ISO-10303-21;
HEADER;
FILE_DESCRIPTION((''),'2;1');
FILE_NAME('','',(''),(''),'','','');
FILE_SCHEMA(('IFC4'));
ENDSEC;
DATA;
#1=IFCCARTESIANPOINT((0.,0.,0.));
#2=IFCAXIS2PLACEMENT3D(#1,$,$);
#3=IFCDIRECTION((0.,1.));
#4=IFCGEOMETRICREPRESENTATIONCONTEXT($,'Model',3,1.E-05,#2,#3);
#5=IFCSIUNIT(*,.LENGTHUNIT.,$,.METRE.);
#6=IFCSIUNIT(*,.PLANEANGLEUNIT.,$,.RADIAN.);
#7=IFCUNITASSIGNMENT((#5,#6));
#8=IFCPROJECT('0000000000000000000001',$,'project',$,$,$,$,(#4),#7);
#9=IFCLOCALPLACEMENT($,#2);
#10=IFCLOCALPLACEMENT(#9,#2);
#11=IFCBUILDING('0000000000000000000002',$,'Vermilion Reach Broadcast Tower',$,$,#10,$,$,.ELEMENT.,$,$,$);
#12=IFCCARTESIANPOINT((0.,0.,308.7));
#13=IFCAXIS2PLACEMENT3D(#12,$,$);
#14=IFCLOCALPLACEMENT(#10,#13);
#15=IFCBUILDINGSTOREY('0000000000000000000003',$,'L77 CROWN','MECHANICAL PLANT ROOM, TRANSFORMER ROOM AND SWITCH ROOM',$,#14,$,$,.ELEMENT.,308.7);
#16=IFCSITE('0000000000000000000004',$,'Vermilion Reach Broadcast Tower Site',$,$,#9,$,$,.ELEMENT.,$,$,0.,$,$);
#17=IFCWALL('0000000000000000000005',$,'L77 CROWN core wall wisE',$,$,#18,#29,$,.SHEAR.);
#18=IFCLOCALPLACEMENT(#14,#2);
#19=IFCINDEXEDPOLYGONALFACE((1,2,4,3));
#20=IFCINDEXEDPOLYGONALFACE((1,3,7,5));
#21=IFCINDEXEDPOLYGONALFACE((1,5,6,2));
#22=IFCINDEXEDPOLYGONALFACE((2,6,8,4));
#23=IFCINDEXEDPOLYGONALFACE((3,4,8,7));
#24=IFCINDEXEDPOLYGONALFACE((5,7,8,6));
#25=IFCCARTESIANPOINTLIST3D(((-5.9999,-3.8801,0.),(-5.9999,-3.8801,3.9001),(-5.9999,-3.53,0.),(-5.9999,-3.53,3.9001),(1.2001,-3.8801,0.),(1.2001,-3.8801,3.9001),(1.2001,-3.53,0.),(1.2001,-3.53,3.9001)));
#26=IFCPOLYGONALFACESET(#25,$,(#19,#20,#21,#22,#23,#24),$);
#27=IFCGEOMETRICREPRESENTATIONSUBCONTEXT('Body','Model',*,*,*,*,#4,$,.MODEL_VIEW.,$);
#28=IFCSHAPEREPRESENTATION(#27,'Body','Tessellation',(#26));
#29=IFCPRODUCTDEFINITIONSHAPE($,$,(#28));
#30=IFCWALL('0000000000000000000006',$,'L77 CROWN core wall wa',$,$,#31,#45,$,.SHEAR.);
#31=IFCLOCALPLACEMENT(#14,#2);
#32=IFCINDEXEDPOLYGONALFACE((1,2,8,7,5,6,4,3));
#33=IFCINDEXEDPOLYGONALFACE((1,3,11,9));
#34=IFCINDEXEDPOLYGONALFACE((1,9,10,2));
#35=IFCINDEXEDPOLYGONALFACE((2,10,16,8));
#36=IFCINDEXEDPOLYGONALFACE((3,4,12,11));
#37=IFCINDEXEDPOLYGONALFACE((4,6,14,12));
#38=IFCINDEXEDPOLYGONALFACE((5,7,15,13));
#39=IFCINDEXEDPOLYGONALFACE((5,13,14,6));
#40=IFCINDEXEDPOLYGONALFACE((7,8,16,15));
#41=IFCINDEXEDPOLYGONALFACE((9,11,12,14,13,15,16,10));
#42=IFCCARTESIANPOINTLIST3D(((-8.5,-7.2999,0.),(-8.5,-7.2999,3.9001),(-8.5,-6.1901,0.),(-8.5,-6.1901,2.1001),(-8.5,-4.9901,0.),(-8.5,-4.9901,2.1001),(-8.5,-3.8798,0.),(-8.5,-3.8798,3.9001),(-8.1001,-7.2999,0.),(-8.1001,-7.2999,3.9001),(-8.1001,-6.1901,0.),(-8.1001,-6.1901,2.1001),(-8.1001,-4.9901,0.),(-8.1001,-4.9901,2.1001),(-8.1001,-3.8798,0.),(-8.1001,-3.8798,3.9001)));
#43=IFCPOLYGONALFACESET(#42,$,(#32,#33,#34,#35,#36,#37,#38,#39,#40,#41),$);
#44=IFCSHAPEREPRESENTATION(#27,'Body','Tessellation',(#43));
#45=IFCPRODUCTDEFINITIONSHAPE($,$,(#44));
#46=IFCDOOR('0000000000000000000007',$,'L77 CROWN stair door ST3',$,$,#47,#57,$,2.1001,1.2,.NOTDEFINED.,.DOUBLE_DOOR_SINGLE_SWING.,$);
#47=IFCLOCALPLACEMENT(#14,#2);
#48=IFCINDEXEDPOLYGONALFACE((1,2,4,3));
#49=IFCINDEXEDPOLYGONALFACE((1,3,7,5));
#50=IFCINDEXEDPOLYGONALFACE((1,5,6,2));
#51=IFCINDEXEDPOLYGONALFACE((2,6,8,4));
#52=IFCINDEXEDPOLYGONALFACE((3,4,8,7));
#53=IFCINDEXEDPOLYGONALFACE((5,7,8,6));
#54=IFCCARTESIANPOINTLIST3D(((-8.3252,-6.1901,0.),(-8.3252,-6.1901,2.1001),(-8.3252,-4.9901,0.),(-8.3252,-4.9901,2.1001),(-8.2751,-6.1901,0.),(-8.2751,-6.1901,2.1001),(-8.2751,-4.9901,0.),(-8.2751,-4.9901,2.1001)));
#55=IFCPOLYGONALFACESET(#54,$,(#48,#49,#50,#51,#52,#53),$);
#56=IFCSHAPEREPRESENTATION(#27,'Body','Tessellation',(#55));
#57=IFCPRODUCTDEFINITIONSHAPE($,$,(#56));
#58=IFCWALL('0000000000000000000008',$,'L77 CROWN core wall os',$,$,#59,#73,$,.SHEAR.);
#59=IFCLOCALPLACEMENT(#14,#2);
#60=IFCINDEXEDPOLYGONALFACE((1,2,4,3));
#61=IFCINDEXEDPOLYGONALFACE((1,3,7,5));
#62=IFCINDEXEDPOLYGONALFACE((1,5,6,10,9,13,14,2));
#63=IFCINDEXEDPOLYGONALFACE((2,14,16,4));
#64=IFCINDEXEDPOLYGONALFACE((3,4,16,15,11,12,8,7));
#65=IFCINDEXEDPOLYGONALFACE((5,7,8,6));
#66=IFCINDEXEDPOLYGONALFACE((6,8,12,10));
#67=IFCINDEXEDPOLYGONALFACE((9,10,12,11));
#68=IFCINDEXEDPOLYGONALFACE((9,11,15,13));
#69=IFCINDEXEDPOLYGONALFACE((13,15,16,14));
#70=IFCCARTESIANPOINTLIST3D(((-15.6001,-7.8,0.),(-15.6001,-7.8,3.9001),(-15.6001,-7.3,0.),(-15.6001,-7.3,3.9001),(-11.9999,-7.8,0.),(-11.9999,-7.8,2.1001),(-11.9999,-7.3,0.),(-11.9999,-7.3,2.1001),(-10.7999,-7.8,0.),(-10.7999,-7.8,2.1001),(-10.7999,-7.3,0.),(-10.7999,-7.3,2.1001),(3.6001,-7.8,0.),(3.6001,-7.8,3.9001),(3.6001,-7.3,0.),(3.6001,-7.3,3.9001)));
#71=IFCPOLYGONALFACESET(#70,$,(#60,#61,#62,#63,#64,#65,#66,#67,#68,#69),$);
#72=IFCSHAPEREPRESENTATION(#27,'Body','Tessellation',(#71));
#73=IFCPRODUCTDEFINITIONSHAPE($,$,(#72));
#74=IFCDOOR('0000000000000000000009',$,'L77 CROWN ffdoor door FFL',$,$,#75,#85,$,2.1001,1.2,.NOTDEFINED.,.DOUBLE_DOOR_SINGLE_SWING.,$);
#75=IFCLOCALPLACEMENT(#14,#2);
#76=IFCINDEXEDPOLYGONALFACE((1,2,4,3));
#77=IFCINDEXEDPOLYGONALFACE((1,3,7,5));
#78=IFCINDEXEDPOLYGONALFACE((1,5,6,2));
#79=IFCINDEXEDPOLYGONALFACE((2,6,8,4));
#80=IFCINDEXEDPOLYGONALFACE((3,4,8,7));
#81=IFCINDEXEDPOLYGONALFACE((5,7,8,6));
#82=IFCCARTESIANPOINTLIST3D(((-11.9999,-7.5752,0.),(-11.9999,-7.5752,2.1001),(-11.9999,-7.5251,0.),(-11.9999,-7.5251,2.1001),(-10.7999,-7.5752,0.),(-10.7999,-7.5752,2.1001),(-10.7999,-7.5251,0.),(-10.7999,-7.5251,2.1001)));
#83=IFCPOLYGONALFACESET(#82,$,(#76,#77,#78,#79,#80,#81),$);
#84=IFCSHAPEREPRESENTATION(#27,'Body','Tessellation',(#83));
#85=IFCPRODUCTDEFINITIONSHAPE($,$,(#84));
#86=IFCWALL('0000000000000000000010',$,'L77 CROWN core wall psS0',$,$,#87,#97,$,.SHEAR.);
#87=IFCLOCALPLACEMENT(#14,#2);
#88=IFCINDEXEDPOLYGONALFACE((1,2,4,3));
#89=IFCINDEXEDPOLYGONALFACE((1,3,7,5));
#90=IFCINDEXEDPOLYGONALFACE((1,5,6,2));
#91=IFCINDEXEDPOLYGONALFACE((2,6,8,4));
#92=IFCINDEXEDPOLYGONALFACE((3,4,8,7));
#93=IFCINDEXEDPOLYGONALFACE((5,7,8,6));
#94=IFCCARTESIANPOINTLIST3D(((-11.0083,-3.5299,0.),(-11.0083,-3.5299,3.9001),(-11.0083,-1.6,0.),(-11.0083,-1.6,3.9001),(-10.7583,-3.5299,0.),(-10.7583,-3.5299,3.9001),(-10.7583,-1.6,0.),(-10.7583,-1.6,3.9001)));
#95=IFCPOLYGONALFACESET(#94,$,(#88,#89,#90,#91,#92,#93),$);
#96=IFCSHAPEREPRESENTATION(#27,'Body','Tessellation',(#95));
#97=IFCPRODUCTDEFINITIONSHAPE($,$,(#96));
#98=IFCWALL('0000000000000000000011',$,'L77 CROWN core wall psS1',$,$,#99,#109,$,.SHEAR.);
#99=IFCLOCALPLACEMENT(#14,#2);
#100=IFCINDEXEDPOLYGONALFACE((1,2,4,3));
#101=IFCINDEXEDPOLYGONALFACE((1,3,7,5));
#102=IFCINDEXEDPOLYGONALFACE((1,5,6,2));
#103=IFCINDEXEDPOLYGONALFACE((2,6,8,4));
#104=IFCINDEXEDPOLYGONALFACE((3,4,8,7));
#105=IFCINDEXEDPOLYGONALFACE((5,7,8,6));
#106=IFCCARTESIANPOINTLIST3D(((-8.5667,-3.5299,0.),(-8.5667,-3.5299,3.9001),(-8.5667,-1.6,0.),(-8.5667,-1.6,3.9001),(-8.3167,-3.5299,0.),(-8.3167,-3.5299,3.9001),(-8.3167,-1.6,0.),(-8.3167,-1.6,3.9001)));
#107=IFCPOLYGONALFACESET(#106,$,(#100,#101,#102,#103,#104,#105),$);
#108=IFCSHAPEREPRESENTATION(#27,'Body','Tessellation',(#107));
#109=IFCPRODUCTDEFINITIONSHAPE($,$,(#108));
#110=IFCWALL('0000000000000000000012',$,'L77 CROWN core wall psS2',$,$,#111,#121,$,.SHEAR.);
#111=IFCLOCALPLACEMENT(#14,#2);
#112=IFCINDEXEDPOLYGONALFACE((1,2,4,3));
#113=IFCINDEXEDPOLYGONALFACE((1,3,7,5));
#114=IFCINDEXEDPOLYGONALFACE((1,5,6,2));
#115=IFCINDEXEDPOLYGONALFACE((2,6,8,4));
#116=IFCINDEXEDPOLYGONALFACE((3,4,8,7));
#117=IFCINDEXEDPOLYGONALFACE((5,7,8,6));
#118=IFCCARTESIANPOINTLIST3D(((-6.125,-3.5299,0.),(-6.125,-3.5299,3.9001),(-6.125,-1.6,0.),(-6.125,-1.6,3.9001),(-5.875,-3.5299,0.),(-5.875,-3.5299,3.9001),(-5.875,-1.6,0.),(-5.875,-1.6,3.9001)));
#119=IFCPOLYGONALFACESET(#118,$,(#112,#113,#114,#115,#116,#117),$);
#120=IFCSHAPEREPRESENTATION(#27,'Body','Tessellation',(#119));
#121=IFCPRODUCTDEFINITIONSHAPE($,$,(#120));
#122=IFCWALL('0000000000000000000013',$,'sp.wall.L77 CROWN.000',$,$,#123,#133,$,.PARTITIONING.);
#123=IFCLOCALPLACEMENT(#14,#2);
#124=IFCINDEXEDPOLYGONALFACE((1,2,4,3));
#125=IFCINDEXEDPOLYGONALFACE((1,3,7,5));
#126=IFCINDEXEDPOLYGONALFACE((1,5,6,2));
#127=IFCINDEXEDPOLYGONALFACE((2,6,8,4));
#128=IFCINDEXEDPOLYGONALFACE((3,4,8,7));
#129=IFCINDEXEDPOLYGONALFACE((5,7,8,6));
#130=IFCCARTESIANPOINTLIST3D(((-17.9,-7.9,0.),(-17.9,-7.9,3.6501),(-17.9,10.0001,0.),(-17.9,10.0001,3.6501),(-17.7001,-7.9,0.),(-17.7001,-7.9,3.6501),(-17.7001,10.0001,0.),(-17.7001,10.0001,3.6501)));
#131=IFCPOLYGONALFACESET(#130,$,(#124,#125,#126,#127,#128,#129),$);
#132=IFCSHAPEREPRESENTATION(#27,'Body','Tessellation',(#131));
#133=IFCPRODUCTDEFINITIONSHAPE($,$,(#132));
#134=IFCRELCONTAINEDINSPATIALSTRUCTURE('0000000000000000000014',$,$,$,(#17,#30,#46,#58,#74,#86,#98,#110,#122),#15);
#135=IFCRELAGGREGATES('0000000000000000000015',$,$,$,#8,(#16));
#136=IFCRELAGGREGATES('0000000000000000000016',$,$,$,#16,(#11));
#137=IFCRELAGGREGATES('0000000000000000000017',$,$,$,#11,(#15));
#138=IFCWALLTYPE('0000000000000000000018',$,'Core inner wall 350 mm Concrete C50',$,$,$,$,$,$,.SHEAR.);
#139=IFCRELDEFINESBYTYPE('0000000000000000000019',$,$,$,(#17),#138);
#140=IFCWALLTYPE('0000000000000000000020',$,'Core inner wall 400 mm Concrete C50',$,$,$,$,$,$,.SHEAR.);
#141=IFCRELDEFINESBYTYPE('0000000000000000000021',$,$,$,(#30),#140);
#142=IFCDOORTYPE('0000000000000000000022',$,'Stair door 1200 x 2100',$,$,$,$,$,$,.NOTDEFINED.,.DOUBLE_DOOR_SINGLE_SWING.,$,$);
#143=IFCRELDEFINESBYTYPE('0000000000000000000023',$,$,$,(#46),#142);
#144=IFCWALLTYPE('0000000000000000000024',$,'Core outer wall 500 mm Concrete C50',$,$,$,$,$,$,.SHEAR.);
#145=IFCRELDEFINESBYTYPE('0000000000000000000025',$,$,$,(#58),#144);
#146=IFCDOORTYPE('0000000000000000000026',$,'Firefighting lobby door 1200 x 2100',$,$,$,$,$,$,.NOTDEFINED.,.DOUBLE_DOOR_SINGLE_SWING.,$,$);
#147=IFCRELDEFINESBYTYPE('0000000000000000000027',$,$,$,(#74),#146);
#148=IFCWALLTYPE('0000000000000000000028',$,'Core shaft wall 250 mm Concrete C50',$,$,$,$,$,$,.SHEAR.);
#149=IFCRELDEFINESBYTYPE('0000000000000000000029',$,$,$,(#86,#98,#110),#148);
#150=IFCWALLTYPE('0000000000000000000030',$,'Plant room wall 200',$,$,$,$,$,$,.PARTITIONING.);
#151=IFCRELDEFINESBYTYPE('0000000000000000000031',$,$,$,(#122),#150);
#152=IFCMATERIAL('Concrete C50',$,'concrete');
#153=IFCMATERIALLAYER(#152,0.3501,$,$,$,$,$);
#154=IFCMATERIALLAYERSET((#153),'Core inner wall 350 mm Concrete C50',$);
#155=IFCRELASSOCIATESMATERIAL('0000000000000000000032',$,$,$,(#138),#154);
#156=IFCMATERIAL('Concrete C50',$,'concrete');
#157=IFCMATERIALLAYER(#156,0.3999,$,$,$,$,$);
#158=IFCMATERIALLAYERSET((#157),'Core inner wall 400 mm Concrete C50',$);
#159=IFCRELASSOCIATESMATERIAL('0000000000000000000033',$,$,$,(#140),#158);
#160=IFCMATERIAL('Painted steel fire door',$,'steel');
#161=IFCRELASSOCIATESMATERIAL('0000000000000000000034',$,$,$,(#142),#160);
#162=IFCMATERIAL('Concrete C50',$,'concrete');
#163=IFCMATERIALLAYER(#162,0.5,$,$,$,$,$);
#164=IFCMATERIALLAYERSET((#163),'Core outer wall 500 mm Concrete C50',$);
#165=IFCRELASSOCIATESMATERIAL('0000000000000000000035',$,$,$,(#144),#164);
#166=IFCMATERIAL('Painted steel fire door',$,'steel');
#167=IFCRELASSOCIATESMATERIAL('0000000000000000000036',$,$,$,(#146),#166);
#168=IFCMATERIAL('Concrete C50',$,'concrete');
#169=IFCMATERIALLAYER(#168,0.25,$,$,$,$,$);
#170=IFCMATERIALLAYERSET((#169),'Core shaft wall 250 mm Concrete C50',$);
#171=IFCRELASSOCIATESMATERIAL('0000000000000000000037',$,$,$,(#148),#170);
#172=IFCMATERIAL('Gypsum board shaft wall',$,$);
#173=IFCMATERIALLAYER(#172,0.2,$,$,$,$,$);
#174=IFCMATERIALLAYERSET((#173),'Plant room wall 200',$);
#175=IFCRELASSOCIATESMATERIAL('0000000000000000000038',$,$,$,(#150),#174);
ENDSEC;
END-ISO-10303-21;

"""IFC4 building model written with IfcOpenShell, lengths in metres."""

from ifc_helpers import new_model, si_unit, direction, frame, frame_2d, origin, place, context, subcontext, project, spatial, rectangle, extrude, material, layer, layer_set, type_object, element, fill, save


model = new_model("IFC4")

# Units and contexts
model_context = context("Model", 3, precision=1e-05, world=origin(), true_north=direction((0.0, 1.0)))
body_context = subcontext(model_context, "Body", "Model", "MODEL_VIEW")
ifc_project = project(units=[si_unit("LENGTHUNIT", "METRE"), si_unit("PLANEANGLEUNIT", "RADIAN")], contexts=[model_context])

# Site, building, storey
site_placement = place(None, origin())
site = spatial("IfcSite", under=ifc_project, at=site_placement, Name="Vermilion Reach Broadcast Tower Site", CompositionType="ELEMENT", RefElevation=0.0)
building_placement = place(site_placement, origin())
building = spatial("IfcBuilding", under=site, at=building_placement, Name="Vermilion Reach Broadcast Tower", CompositionType="ELEMENT")
storey_placement = place(building_placement, frame((0.0, 0.0, 308.7)))
storey = spatial("IfcBuildingStorey", under=building, at=storey_placement, Name="L77 CROWN", Description="MECHANICAL PLANT ROOM, TRANSFORMER ROOM AND SWITCH ROOM", CompositionType="ELEMENT", Elevation=308.7)

# Shared definitions
ifc_material_1 = material(Name="Concrete C50", Category="concrete")
ifc_layer_1 = layer(ifc_material_1, 0.3501)
ifc_layer_set_1 = layer_set([ifc_layer_1], Name="Core inner wall 350 mm Concrete C50")
wall_type_1 = type_object("IfcWallType", Name="Core inner wall 350 mm Concrete C50", PredefinedType="SHEAR", material=ifc_layer_set_1)

# Wall
wall_1_placement = place(storey_placement, frame((-6.0, -3.7051, 0.0), z_axis=(0.0, 0.0, 1.0), x_axis=(1.0, 0.0, 0.0)))
element("IfcWall", 1, at=wall_1_placement, inside=storey, type_object=wall_type_1, Name="L77 CROWN core wall wisE", PredefinedType="SHEAR", context=body_context, shape_type="SweptSolid", body=[
    extrude(rectangle(XDim=7.2, YDim=0.3501, at=frame_2d((3.6001, 0.0))), origin(), (0.0, 0.0, 1.0), 3.9001),
])

# Walls, openings, doors
ifc_material_2 = material(Name="Concrete C50", Category="concrete")
ifc_layer_2 = layer(ifc_material_2, 0.3999)
ifc_layer_set_2 = layer_set([ifc_layer_2], Name="Core inner wall 400 mm Concrete C50")
wall_type_2 = type_object("IfcWallType", Name="Core inner wall 400 mm Concrete C50", PredefinedType="SHEAR", material=ifc_layer_set_2)
wall_2_placement = place(storey_placement, frame((-8.3, -3.8799, 0.0), z_axis=(0.0, 0.0, 1.0), x_axis=(0.0, -1.0, 0.0)))
wall_2 = element("IfcWall", 2, at=wall_2_placement, inside=storey, type_object=wall_type_2, Name="L77 CROWN core wall wa", PredefinedType="SHEAR", context=body_context, shape_type="SweptSolid", body=[
    extrude(rectangle(XDim=3.4202, YDim=0.3999, at=frame_2d((1.71, 0.0))), origin(), (0.0, 0.0, 1.0), 3.9001),
])
opening_1_placement = place(wall_2_placement, frame((1.1101, 0.0, 0.0)))
opening_1 = element("IfcOpeningElement", 3, at=opening_1_placement, cuts=wall_2, PredefinedType="OPENING", context=body_context, shape_type="SweptSolid", body=[
    extrude(rectangle(XDim=1.2, YDim=2.1001, at=frame_2d((0.6001, 1.05))), frame((0.0, 0.21, 0.0), z_axis=(0.0, -1.0, 0.0), x_axis=(1.0, 0.0, 0.0)), (0.0, 0.0, 1.0), 0.4199),
])
ifc_material_3 = material(Name="Painted steel fire door", Category="steel")
door_type_1 = type_object("IfcDoorType", Name="Stair door 1200 x 2100", OperationType="DOUBLE_DOOR_SINGLE_SWING", PredefinedType="NOTDEFINED", material=ifc_material_3)
door_1_placement = place(opening_1_placement, origin())
door_1 = element("IfcDoor", 4, at=door_1_placement, inside=storey, type_object=door_type_1, Name="L77 CROWN stair door ST3", OperationType="DOUBLE_DOOR_SINGLE_SWING", OverallHeight=2.1001, OverallWidth=1.2, PredefinedType="NOTDEFINED", context=body_context, shape_type="SweptSolid", body=[
    extrude(rectangle(XDim=1.2, YDim=2.1001, at=frame_2d((0.6001, 1.05))), frame((0.0, 0.0249, 0.0), z_axis=(0.0, -1.0, 0.0), x_axis=(1.0, 0.0, 0.0)), (0.0, 0.0, 1.0), 0.05),
])
fill(opening_1, door_1)
ifc_material_4 = material(Name="Concrete C50", Category="concrete")
ifc_layer_3 = layer(ifc_material_4, 0.5)
ifc_layer_set_3 = layer_set([ifc_layer_3], Name="Core outer wall 500 mm Concrete C50")
wall_type_3 = type_object("IfcWallType", Name="Core outer wall 500 mm Concrete C50", PredefinedType="SHEAR", material=ifc_layer_set_3)
wall_3_placement = place(storey_placement, frame((-15.6001, -7.55, 0.0), z_axis=(0.0, 0.0, 1.0), x_axis=(1.0, 0.0, 0.0)))
wall_3 = element("IfcWall", 5, at=wall_3_placement, inside=storey, type_object=wall_type_3, Name="L77 CROWN core wall os", PredefinedType="SHEAR", context=body_context, shape_type="SweptSolid", body=[
    extrude(rectangle(XDim=19.2002, YDim=0.5, at=frame_2d((9.6001, 0.0))), origin(), (0.0, 0.0, 1.0), 3.9001),
])
opening_2_placement = place(wall_3_placement, frame((3.6001, 0.0, 0.0)))
opening_2 = element("IfcOpeningElement", 6, at=opening_2_placement, cuts=wall_3, PredefinedType="OPENING", context=body_context, shape_type="SweptSolid", body=[
    extrude(rectangle(XDim=1.2, YDim=2.1001, at=frame_2d((0.6001, 1.05))), frame((0.0, 0.26, 0.0), z_axis=(0.0, -1.0, 0.0), x_axis=(1.0, 0.0, 0.0)), (0.0, 0.0, 1.0), 0.52),
])
ifc_material_5 = material(Name="Painted steel fire door", Category="steel")
door_type_2 = type_object("IfcDoorType", Name="Firefighting lobby door 1200 x 2100", OperationType="DOUBLE_DOOR_SINGLE_SWING", PredefinedType="NOTDEFINED", material=ifc_material_5)
door_2_placement = place(opening_2_placement, origin())
door_2 = element("IfcDoor", 7, at=door_2_placement, inside=storey, type_object=door_type_2, Name="L77 CROWN ffdoor door FFL", OperationType="DOUBLE_DOOR_SINGLE_SWING", OverallHeight=2.1001, OverallWidth=1.2, PredefinedType="NOTDEFINED", context=body_context, shape_type="SweptSolid", body=[
    extrude(rectangle(XDim=1.2, YDim=2.1001, at=frame_2d((0.6001, 1.05))), frame((0.0, 0.0249, 0.0), z_axis=(0.0, -1.0, 0.0), x_axis=(1.0, 0.0, 0.0)), (0.0, 0.0, 1.0), 0.05),
])
fill(opening_2, door_2)

# Walls
ifc_material_6 = material(Name="Concrete C50", Category="concrete")
ifc_layer_4 = layer(ifc_material_6, 0.25)
ifc_layer_set_4 = layer_set([ifc_layer_4], Name="Core shaft wall 250 mm Concrete C50")
wall_type_4 = type_object("IfcWallType", Name="Core shaft wall 250 mm Concrete C50", PredefinedType="SHEAR", material=ifc_layer_set_4)
for number, where, z_axis, x_axis, name in (
    (8, (-10.8833, -1.6001, 0.0), (0.0, 0.0, 1.0), (0.0, -1.0, 0.0), "L77 CROWN core wall psS0"),
    (9, (-8.4417, -1.6001, 0.0), (0.0, 0.0, 1.0), (0.0, -1.0, 0.0), "L77 CROWN core wall psS1"),
    (10, (-6.0, -1.6001, 0.0), (0.0, 0.0, 1.0), (0.0, -1.0, 0.0), "L77 CROWN core wall psS2"),
):
    element("IfcWall", number, at=place(storey_placement, frame(where, z_axis=z_axis, x_axis=x_axis)), inside=storey, type_object=wall_type_4, Name=name, PredefinedType="SHEAR", context=body_context, shape_type="SweptSolid", body=[
        extrude(rectangle(XDim=1.9299, YDim=0.25, at=frame_2d((0.9648, 0.0))), origin(), (0.0, 0.0, 1.0), 3.9001),
    ])
ifc_material_7 = material(Name="Gypsum board shaft wall")
ifc_layer_5 = layer(ifc_material_7, 0.2)
ifc_layer_set_5 = layer_set([ifc_layer_5], Name="Plant room wall 200")
wall_type_5 = type_object("IfcWallType", Name="Plant room wall 200", PredefinedType="PARTITIONING", material=ifc_layer_set_5)
wall_4_placement = place(storey_placement, frame((-17.8, -7.9001, 0.0), z_axis=(0.0, 0.0, 1.0), x_axis=(0.0, 1.0, 0.0)))
element("IfcWall", 11, at=wall_4_placement, inside=storey, type_object=wall_type_5, Name="sp.wall.L77 CROWN.000", PredefinedType="PARTITIONING", context=body_context, shape_type="SweptSolid", body=[
    extrude(rectangle(XDim=17.9001, YDim=0.2, at=frame_2d((8.9502, 0.0))), origin(), (0.0, 0.0, 1.0), 3.6501),
])

save(model, "model.ifc")
